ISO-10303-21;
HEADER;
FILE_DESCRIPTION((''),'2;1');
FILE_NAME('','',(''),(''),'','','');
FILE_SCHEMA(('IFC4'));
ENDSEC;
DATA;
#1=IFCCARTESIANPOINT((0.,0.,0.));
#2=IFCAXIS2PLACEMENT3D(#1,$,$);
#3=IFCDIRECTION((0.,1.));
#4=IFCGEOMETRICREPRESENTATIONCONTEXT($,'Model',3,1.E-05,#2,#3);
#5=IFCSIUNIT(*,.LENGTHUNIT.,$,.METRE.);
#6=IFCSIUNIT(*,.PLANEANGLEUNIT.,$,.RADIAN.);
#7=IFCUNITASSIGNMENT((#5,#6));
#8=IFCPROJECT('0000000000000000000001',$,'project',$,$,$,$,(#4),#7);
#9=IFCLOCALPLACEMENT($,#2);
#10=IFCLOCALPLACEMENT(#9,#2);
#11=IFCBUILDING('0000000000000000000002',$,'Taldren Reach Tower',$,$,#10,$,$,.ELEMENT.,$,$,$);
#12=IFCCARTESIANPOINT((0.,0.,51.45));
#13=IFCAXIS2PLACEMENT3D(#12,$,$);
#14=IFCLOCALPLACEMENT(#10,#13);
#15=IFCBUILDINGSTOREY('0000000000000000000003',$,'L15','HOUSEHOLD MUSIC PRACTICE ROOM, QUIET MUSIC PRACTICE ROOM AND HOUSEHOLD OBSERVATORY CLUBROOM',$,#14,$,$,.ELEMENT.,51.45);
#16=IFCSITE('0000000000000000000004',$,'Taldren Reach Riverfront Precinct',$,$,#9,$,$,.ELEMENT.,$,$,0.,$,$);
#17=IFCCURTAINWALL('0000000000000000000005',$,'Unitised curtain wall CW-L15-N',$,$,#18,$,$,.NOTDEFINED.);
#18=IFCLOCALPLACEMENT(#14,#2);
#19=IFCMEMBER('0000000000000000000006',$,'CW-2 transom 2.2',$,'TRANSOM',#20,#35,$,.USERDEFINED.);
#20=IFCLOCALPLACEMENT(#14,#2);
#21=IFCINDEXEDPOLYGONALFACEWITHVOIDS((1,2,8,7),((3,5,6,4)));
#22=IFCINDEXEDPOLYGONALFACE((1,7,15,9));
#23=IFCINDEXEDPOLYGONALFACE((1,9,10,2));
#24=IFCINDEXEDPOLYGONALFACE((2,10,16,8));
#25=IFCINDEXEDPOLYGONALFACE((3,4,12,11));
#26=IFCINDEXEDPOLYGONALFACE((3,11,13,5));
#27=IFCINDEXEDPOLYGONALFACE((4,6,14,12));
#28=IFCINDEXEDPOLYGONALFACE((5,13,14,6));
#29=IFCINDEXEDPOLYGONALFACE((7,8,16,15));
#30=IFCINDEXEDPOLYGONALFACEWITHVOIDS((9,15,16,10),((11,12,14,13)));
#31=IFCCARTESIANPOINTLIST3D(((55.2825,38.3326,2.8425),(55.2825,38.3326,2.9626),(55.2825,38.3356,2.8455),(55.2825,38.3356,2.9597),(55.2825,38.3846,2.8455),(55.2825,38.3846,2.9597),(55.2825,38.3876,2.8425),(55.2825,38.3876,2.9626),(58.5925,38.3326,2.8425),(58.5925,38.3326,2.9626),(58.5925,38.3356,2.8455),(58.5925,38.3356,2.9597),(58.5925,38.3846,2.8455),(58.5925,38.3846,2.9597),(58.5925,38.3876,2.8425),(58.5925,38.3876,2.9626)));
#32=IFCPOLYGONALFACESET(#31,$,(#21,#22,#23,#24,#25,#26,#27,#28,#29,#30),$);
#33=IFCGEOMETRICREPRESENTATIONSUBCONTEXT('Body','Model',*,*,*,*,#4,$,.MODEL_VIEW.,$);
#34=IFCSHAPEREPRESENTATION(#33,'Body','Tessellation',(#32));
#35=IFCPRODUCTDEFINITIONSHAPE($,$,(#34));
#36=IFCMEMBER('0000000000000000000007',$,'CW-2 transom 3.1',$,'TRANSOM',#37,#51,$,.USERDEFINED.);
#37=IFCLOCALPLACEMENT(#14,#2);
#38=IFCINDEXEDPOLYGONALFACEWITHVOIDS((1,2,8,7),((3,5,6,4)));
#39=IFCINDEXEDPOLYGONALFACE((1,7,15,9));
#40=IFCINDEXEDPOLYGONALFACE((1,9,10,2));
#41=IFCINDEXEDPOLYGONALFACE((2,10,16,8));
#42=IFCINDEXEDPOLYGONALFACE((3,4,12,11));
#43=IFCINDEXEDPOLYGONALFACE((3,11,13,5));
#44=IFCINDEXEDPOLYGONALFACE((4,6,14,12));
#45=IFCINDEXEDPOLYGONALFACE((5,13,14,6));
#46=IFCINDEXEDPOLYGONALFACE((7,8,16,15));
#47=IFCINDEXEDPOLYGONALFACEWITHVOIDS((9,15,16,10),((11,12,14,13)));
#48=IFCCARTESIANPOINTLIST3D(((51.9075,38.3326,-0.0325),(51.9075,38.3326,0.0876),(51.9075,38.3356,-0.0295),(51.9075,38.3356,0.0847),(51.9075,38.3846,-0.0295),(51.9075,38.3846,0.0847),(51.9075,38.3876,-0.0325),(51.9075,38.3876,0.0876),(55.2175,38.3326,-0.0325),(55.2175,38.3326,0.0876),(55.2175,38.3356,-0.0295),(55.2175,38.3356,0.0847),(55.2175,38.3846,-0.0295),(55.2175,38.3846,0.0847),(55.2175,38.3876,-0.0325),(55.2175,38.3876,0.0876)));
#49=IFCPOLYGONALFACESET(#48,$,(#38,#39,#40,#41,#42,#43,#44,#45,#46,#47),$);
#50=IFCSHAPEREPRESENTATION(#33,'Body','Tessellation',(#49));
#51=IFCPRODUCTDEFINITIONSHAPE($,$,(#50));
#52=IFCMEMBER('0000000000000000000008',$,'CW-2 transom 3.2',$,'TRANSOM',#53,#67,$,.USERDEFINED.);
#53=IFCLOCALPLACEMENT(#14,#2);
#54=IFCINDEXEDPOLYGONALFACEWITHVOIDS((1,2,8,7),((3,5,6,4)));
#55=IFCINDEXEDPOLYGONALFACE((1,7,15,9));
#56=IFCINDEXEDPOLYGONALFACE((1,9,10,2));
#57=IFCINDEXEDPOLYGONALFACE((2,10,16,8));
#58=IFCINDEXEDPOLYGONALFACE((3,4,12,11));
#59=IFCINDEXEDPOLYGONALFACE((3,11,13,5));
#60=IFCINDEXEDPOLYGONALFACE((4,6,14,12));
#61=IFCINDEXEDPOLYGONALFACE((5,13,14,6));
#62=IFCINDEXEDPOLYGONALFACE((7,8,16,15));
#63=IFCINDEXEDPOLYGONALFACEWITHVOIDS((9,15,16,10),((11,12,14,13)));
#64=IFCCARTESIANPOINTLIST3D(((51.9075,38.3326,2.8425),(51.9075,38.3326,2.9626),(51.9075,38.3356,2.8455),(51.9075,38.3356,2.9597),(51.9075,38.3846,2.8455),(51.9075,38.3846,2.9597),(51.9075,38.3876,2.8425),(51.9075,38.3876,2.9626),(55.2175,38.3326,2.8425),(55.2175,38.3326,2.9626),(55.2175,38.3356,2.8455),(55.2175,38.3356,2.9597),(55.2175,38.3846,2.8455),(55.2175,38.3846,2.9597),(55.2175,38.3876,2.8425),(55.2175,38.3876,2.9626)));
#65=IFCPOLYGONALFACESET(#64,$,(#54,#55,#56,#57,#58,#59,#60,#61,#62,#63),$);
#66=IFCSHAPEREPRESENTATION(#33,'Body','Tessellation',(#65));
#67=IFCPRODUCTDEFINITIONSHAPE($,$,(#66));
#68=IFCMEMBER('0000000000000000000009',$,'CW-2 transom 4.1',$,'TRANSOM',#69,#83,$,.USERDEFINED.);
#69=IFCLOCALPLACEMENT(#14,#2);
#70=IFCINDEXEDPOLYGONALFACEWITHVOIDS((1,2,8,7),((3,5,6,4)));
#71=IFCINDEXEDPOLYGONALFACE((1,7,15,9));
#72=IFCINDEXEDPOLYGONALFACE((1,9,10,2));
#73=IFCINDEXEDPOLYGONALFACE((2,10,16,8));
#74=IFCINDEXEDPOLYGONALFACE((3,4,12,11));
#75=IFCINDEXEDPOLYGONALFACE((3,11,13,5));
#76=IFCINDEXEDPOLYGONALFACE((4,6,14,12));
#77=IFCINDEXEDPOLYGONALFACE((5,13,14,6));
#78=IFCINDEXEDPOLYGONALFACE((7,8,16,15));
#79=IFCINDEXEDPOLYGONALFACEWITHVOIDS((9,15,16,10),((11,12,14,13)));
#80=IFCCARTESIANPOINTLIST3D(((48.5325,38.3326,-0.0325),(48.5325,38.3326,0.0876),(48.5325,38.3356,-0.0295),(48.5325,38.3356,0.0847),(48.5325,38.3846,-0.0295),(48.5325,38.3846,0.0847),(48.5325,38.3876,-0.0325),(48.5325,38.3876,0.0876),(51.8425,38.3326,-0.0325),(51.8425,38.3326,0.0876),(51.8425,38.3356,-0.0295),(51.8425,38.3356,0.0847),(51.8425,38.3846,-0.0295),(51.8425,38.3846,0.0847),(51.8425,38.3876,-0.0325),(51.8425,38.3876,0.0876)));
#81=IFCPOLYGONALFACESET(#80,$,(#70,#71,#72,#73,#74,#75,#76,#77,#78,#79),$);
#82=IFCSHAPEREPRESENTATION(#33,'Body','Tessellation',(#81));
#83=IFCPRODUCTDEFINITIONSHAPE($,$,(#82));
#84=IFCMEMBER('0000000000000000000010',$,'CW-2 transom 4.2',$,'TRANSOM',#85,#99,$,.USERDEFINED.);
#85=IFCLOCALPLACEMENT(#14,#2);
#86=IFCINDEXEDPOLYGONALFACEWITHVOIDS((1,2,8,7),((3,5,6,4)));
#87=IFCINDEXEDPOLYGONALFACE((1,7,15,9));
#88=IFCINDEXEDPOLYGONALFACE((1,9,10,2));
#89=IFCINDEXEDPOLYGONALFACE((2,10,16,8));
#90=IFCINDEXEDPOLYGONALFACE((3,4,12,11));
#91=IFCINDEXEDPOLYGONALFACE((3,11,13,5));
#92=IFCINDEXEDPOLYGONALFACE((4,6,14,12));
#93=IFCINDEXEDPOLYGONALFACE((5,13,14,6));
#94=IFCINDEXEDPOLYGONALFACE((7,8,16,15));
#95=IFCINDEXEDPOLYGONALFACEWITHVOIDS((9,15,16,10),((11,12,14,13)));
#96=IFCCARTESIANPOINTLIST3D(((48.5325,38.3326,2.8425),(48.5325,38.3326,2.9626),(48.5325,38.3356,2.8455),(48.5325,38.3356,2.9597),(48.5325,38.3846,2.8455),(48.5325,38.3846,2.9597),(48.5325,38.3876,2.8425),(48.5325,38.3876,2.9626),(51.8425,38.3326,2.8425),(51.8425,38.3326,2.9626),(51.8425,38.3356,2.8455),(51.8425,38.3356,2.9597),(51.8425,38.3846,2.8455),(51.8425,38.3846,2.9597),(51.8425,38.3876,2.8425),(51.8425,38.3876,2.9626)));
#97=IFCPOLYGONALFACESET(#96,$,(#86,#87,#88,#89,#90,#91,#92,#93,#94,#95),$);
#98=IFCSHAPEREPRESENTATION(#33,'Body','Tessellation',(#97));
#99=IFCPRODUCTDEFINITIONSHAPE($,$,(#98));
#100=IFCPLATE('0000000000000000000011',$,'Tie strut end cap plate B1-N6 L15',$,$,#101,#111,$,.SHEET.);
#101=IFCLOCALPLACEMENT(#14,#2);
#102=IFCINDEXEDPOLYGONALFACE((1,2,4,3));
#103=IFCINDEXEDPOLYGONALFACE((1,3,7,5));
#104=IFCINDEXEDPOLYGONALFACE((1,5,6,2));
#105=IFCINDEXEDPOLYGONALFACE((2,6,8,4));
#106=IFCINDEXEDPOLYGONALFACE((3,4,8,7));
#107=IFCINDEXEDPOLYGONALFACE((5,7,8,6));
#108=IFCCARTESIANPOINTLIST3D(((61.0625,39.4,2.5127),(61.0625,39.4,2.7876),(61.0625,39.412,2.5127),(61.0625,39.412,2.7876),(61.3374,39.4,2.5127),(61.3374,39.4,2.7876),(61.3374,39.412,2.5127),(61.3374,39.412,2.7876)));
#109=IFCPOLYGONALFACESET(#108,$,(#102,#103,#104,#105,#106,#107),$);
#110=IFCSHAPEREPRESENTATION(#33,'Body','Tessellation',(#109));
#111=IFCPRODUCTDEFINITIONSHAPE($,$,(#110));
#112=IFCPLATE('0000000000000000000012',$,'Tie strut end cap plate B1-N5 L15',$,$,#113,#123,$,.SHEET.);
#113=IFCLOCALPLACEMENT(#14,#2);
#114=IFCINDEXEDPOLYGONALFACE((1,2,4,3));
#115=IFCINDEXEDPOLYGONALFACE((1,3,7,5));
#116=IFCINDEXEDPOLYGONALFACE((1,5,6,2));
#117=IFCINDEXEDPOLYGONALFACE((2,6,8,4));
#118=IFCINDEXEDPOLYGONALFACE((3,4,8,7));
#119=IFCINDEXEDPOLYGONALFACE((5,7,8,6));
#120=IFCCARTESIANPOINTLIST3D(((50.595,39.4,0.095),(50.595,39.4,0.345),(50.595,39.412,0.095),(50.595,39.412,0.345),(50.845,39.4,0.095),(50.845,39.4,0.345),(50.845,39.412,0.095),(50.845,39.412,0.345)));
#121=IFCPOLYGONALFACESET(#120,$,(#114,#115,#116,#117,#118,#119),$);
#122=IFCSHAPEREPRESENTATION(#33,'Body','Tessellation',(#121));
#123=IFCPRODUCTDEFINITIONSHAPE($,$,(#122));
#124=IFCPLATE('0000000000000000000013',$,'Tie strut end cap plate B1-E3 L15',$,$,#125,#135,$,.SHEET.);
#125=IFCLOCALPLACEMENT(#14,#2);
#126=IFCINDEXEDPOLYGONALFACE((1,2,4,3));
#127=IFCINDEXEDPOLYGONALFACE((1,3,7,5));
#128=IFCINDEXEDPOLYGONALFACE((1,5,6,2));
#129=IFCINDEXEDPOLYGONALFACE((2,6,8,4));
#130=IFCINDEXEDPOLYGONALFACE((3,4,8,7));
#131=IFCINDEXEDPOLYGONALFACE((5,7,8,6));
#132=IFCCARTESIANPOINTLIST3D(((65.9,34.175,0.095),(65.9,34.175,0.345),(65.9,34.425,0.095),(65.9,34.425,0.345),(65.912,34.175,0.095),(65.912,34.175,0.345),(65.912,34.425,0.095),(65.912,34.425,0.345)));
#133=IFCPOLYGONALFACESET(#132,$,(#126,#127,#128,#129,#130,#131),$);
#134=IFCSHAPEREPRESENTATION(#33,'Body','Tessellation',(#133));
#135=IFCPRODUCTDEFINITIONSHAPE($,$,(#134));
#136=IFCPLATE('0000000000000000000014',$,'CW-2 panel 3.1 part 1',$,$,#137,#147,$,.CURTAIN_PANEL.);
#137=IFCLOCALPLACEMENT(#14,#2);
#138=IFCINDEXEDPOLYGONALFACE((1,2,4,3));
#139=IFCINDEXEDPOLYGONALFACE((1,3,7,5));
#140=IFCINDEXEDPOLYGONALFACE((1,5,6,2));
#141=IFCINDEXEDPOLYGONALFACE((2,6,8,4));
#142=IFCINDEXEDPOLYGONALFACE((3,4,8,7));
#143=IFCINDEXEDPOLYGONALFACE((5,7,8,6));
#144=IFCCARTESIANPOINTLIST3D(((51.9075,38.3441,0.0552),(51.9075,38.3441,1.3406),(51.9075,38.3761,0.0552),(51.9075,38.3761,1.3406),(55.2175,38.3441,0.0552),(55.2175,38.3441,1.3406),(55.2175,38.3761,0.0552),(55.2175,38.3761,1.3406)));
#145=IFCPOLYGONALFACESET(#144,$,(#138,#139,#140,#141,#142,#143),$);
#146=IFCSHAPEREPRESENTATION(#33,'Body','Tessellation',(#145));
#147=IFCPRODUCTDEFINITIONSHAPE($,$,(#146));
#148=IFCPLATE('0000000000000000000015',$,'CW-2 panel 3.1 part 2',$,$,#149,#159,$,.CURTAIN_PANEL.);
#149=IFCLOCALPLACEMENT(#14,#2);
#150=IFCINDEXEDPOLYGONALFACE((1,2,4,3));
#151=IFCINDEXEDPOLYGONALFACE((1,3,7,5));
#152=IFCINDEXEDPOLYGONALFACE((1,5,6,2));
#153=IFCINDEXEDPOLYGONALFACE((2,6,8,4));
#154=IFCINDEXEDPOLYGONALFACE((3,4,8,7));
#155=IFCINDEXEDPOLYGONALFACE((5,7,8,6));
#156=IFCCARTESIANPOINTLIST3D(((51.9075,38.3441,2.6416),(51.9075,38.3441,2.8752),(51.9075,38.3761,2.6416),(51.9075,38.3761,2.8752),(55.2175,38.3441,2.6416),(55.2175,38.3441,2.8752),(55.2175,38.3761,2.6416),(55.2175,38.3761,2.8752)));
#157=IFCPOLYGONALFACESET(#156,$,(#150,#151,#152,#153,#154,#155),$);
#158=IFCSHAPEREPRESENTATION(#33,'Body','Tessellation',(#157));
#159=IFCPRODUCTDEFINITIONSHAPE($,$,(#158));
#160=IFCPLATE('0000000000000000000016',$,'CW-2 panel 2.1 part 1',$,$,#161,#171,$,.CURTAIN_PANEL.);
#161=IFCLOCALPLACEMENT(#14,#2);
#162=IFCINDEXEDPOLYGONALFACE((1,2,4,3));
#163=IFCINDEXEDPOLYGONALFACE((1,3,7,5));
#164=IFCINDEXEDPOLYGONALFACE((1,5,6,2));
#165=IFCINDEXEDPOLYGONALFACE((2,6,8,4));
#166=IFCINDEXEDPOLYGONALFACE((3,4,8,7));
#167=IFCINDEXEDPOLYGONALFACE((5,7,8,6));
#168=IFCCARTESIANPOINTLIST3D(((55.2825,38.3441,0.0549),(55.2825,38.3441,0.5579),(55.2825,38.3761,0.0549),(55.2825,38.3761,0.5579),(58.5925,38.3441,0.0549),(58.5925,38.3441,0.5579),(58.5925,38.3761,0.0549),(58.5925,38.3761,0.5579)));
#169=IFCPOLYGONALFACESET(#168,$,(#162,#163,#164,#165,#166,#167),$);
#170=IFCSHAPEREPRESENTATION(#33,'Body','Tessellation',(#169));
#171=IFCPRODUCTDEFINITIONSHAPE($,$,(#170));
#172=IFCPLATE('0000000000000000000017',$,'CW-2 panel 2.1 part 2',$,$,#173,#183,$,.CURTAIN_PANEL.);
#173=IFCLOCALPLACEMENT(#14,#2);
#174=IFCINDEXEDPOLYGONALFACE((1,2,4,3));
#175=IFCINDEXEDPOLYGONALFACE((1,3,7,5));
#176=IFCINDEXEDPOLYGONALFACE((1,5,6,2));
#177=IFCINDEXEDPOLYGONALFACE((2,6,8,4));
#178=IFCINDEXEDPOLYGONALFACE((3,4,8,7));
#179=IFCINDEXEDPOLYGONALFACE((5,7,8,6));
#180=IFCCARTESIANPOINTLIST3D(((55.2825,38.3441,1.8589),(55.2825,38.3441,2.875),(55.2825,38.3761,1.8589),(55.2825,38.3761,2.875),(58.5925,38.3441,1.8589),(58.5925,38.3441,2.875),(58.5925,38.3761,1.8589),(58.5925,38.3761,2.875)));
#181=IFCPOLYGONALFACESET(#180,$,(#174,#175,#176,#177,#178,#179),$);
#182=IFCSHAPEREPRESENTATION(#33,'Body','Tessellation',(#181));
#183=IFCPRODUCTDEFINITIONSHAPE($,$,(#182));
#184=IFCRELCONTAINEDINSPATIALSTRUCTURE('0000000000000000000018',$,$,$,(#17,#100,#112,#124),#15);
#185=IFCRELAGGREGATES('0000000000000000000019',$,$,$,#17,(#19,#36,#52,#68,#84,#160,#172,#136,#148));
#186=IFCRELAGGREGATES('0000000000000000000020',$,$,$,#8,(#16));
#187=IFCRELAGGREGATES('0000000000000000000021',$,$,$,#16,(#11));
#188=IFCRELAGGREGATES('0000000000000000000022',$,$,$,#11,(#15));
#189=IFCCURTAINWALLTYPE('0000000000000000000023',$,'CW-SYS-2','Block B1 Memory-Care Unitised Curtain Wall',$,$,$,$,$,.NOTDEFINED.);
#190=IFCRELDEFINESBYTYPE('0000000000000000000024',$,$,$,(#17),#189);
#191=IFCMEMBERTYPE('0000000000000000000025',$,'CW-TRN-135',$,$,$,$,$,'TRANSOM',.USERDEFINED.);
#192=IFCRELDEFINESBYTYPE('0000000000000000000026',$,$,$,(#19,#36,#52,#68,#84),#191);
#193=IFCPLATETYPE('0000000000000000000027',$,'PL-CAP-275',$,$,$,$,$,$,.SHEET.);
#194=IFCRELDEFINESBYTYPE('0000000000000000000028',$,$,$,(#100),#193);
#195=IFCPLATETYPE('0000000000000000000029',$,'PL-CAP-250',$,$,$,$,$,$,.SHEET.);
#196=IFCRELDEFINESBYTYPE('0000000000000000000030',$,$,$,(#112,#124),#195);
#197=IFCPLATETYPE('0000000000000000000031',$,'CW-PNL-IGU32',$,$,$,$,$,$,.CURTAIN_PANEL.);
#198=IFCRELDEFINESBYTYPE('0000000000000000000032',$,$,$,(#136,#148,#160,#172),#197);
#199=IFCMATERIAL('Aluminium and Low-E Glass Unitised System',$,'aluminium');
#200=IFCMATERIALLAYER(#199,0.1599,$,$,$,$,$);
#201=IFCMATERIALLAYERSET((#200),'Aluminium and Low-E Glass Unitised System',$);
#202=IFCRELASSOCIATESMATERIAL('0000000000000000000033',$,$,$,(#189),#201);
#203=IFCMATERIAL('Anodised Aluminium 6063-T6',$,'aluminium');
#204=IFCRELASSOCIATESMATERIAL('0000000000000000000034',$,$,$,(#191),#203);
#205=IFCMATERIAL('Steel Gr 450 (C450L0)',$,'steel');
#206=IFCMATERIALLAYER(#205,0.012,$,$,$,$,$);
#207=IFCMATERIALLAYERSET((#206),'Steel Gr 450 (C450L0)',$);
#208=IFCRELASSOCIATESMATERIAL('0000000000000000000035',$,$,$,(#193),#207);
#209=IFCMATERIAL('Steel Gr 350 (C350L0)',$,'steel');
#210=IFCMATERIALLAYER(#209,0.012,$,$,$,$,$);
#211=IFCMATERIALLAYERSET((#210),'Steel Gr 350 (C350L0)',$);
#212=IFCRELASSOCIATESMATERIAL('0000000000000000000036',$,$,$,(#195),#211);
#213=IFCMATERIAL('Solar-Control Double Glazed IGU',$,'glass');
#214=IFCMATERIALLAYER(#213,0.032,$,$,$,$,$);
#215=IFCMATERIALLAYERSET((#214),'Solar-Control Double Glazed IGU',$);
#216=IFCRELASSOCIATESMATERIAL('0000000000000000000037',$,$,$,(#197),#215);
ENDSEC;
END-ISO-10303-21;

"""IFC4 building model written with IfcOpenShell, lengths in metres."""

from ifc_helpers import new_model, si_unit, direction, frame, origin, origin_2d, place, context, subcontext, project, spatial, rectangle, hollow_rectangle, extrude, source, transform, mapped, material, layer, layer_set, material_profile, profile_set, type_object, element, aggregate, save


model = new_model("IFC4")

# Units and contexts
model_context = context("Model", 3, precision=1e-05, world=origin(), true_north=direction((0.0, 1.0)))
body_context = subcontext(model_context, "Body", "Model", "MODEL_VIEW")
ifc_project = project(units=[si_unit("LENGTHUNIT", "METRE"), si_unit("PLANEANGLEUNIT", "RADIAN")], contexts=[model_context])

# Site, building, storey
site_placement = place(None, origin())
site = spatial("IfcSite", under=ifc_project, at=site_placement, Name="Taldren Reach Riverfront Precinct", CompositionType="ELEMENT", RefElevation=0.0)
building_placement = place(site_placement, origin())
building = spatial("IfcBuilding", under=site, at=building_placement, Name="Taldren Reach Tower", CompositionType="ELEMENT")
storey_placement = place(building_placement, frame((0.0, 0.0, 51.45)))
storey = spatial("IfcBuildingStorey", under=building, at=storey_placement, Name="L15", Description="HOUSEHOLD MUSIC PRACTICE ROOM, QUIET MUSIC PRACTICE ROOM AND HOUSEHOLD OBSERVATORY CLUBROOM", CompositionType="ELEMENT", Elevation=51.45)

# Shared definitions
ifc_material_1 = material(Name="Steel Gr 450 (C450L0)", Category="steel")
ifc_material_2 = material(Name="Steel Gr 350 (C350L0)", Category="steel")

# Curtain wall
ifc_material_3 = material(Name="Aluminium and Low-E Glass Unitised System", Category="aluminium")
ifc_layer_1 = layer(ifc_material_3, 0.1599)
ifc_layer_set_1 = layer_set([ifc_layer_1], Name="Aluminium and Low-E Glass Unitised System")
curtain_wall_type = type_object("IfcCurtainWallType", Name="CW-SYS-2", Description="Block B1 Memory-Care Unitised Curtain Wall", PredefinedType="NOTDEFINED", material=ifc_layer_set_1)
curtain_wall_1_placement = place(storey_placement, origin())
curtain_wall_1 = element("IfcCurtainWall", 1, at=curtain_wall_1_placement, inside=storey, type_object=curtain_wall_type, Name="Unitised curtain wall CW-L15-N", PredefinedType="NOTDEFINED")
ifc_material_4 = material(Name="Anodised Aluminium 6063-T6", Category="aluminium")

# Members
ifc_material_profile_1 = material_profile(ifc_material_4, hollow_rectangle(XDim=0.0549, YDim=0.1201, WallThickness=0.0029, at=origin_2d()), Name="ALU-120x55x3RHS")
ifc_profile_set_1 = profile_set([ifc_material_profile_1], Name="Anodised Aluminium 6063-T6")
member_type_1 = type_object("IfcMemberType", Name="CW-TRN-135", ElementType="TRANSOM", PredefinedType="USERDEFINED", material=ifc_profile_set_1)
shared_shape_1 = source(origin(), body_context, "Body", "SweptSolid", [
    extrude(hollow_rectangle(XDim=0.0549, YDim=0.1201, WallThickness=0.0029, at=origin_2d()), origin(), (0.0, 0.0, 1.0), 3.3101),
])
member_1_placement = place(storey_placement, frame((58.5925, 38.3601, 2.9026), z_axis=(-1.0, 0.0, 0.0), x_axis=(0.0, -1.0, 0.0)))
member_1 = element("IfcMember", 2, at=member_1_placement, type_object=member_type_1, Name="CW-2 transom 2.2", ObjectType="TRANSOM", PredefinedType="USERDEFINED", context=body_context, shape_type="MappedRepresentation", body=[
    mapped(shared_shape_1, transform((0.0, 0.0, 0.0), scale=1.0)),
])
member_2_placement = place(storey_placement, frame((55.2175, 38.3601, 0.0276), z_axis=(-1.0, 0.0, 0.0), x_axis=(0.0, -1.0, 0.0)))
member_2 = element("IfcMember", 3, at=member_2_placement, type_object=member_type_1, Name="CW-2 transom 3.1", ObjectType="TRANSOM", PredefinedType="USERDEFINED", context=body_context, shape_type="MappedRepresentation", body=[
    mapped(shared_shape_1, transform((0.0, 0.0, 0.0), scale=1.0)),
])
member_3_placement = place(storey_placement, frame((55.2175, 38.3601, 2.9026), z_axis=(-1.0, 0.0, 0.0), x_axis=(0.0, -1.0, 0.0)))
member_3 = element("IfcMember", 4, at=member_3_placement, type_object=member_type_1, Name="CW-2 transom 3.2", ObjectType="TRANSOM", PredefinedType="USERDEFINED", context=body_context, shape_type="MappedRepresentation", body=[
    mapped(shared_shape_1, transform((0.0, 0.0, 0.0), scale=1.0)),
])
member_4_placement = place(storey_placement, frame((51.8425, 38.3601, 0.0276), z_axis=(-1.0, 0.0, 0.0), x_axis=(0.0, -1.0, 0.0)))
member_4 = element("IfcMember", 5, at=member_4_placement, type_object=member_type_1, Name="CW-2 transom 4.1", ObjectType="TRANSOM", PredefinedType="USERDEFINED", context=body_context, shape_type="MappedRepresentation", body=[
    mapped(shared_shape_1, transform((0.0, 0.0, 0.0), scale=1.0)),
])
member_5_placement = place(storey_placement, frame((51.8425, 38.3601, 2.9026), z_axis=(-1.0, 0.0, 0.0), x_axis=(0.0, -1.0, 0.0)))
member_5 = element("IfcMember", 6, at=member_5_placement, type_object=member_type_1, Name="CW-2 transom 4.2", ObjectType="TRANSOM", PredefinedType="USERDEFINED", context=body_context, shape_type="MappedRepresentation", body=[
    mapped(shared_shape_1, transform((0.0, 0.0, 0.0), scale=1.0)),
])

# Plates
ifc_layer_2 = layer(ifc_material_1, 0.012)
ifc_layer_set_2 = layer_set([ifc_layer_2], Name="Steel Gr 450 (C450L0)")
plate_type_1 = type_object("IfcPlateType", Name="PL-CAP-275", PredefinedType="SHEET", material=ifc_layer_set_2)
shared_shape_2 = source(origin(), body_context, "Body", "SweptSolid", [
    extrude(rectangle(XDim=0.2749, YDim=0.012, at=origin_2d()), origin(), (0.0, 0.0, 1.0), 0.2749),
])
plate_1_placement = place(storey_placement, frame((61.2, 39.406, 2.5127), z_axis=(0.0, 0.0, 1.0), x_axis=(1.0, 0.0, 0.0)))
element("IfcPlate", 7, at=plate_1_placement, inside=storey, type_object=plate_type_1, Name="Tie strut end cap plate B1-N6 L15", PredefinedType="SHEET", context=body_context, shape_type="MappedRepresentation", body=[
    mapped(shared_shape_2, transform((0.0, 0.0, 0.0), scale=1.0)),
])
ifc_layer_3 = layer(ifc_material_2, 0.012)
ifc_layer_set_3 = layer_set([ifc_layer_3], Name="Steel Gr 350 (C350L0)")
plate_type_2 = type_object("IfcPlateType", Name="PL-CAP-250", PredefinedType="SHEET", material=ifc_layer_set_3)
shared_shape_3 = source(origin(), body_context, "Body", "SweptSolid", [
    extrude(rectangle(XDim=0.25, YDim=0.012, at=origin_2d()), origin(), (0.0, 0.0, 1.0), 0.25),
])
plate_2_placement = place(storey_placement, frame((50.72, 39.406, 0.095), z_axis=(0.0, 0.0, 1.0), x_axis=(1.0, 0.0, 0.0)))
element("IfcPlate", 8, at=plate_2_placement, inside=storey, type_object=plate_type_2, Name="Tie strut end cap plate B1-N5 L15", PredefinedType="SHEET", context=body_context, shape_type="MappedRepresentation", body=[
    mapped(shared_shape_3, transform((0.0, 0.0, 0.0), scale=1.0)),
])
shared_shape_4 = source(origin(), body_context, "Body", "SweptSolid", [
    extrude(rectangle(XDim=0.012, YDim=0.25, at=origin_2d()), origin(), (0.0, 0.0, 1.0), 0.25),
])
plate_3_placement = place(storey_placement, frame((65.906, 34.3, 0.095), z_axis=(0.0, 0.0, 1.0), x_axis=(1.0, 0.0, 0.0)))
element("IfcPlate", 9, at=plate_3_placement, inside=storey, type_object=plate_type_2, Name="Tie strut end cap plate B1-E3 L15", PredefinedType="SHEET", context=body_context, shape_type="MappedRepresentation", body=[
    mapped(shared_shape_4, transform((0.0, 0.0, 0.0), scale=1.0)),
])

# Plates
ifc_material_5 = material(Name="Solar-Control Double Glazed IGU", Category="glass")
ifc_layer_4 = layer(ifc_material_5, 0.032)
ifc_layer_set_4 = layer_set([ifc_layer_4], Name="Solar-Control Double Glazed IGU")
plate_type_3 = type_object("IfcPlateType", Name="CW-PNL-IGU32", PredefinedType="CURTAIN_PANEL", material=ifc_layer_set_4)
shared_shape_5 = source(origin(), body_context, "Body", "SweptSolid", [
    extrude(rectangle(XDim=3.3101, YDim=0.032, at=origin_2d()), origin(), (0.0, 0.0, 1.0), 1.2854),
])
plate_4_placement = place(storey_placement, frame((53.5625, 38.3601, 0.0552), z_axis=(0.0, 0.0, 1.0), x_axis=(-1.0, 0.0, 0.0)))
plate_4 = element("IfcPlate", 10, at=plate_4_placement, type_object=plate_type_3, Name="CW-2 panel 3.1 part 1", PredefinedType="CURTAIN_PANEL", context=body_context, shape_type="MappedRepresentation", body=[
    mapped(shared_shape_5, transform((0.0, 0.0, 0.0), scale=1.0)),
])
shared_shape_6 = source(origin(), body_context, "Body", "SweptSolid", [
    extrude(rectangle(XDim=3.3101, YDim=0.032, at=origin_2d()), origin(), (0.0, 0.0, 1.0), 0.2336),
])
plate_5_placement = place(storey_placement, frame((53.5625, 38.3601, 2.6416), z_axis=(0.0, 0.0, 1.0), x_axis=(-1.0, 0.0, 0.0)))
plate_5 = element("IfcPlate", 11, at=plate_5_placement, type_object=plate_type_3, Name="CW-2 panel 3.1 part 2", PredefinedType="CURTAIN_PANEL", context=body_context, shape_type="MappedRepresentation", body=[
    mapped(shared_shape_6, transform((0.0, 0.0, 0.0), scale=1.0)),
])
shared_shape_7 = source(origin(), body_context, "Body", "SweptSolid", [
    extrude(rectangle(XDim=3.3101, YDim=0.032, at=origin_2d()), origin(), (0.0, 0.0, 1.0), 0.5029),
])
plate_6_placement = place(storey_placement, frame((56.9375, 38.3601, 0.0549), z_axis=(0.0, 0.0, 1.0), x_axis=(-1.0, 0.0, 0.0)))
plate_6 = element("IfcPlate", 12, at=plate_6_placement, type_object=plate_type_3, Name="CW-2 panel 2.1 part 1", PredefinedType="CURTAIN_PANEL", context=body_context, shape_type="MappedRepresentation", body=[
    mapped(shared_shape_7, transform((0.0, 0.0, 0.0), scale=1.0)),
])
shared_shape_8 = source(origin(), body_context, "Body", "SweptSolid", [
    extrude(rectangle(XDim=3.3101, YDim=0.032, at=origin_2d()), origin(), (0.0, 0.0, 1.0), 1.0161),
])
plate_7_placement = place(storey_placement, frame((56.9375, 38.3601, 1.8589), z_axis=(0.0, 0.0, 1.0), x_axis=(-1.0, 0.0, 0.0)))
plate_7 = element("IfcPlate", 13, at=plate_7_placement, type_object=plate_type_3, Name="CW-2 panel 2.1 part 2", PredefinedType="CURTAIN_PANEL", context=body_context, shape_type="MappedRepresentation", body=[
    mapped(shared_shape_8, transform((0.0, 0.0, 0.0), scale=1.0)),
])
aggregate(curtain_wall_1, [member_1, member_2, member_3, member_4, member_5, plate_6, plate_7, plate_4, plate_5])

save(model, "model.ifc")
